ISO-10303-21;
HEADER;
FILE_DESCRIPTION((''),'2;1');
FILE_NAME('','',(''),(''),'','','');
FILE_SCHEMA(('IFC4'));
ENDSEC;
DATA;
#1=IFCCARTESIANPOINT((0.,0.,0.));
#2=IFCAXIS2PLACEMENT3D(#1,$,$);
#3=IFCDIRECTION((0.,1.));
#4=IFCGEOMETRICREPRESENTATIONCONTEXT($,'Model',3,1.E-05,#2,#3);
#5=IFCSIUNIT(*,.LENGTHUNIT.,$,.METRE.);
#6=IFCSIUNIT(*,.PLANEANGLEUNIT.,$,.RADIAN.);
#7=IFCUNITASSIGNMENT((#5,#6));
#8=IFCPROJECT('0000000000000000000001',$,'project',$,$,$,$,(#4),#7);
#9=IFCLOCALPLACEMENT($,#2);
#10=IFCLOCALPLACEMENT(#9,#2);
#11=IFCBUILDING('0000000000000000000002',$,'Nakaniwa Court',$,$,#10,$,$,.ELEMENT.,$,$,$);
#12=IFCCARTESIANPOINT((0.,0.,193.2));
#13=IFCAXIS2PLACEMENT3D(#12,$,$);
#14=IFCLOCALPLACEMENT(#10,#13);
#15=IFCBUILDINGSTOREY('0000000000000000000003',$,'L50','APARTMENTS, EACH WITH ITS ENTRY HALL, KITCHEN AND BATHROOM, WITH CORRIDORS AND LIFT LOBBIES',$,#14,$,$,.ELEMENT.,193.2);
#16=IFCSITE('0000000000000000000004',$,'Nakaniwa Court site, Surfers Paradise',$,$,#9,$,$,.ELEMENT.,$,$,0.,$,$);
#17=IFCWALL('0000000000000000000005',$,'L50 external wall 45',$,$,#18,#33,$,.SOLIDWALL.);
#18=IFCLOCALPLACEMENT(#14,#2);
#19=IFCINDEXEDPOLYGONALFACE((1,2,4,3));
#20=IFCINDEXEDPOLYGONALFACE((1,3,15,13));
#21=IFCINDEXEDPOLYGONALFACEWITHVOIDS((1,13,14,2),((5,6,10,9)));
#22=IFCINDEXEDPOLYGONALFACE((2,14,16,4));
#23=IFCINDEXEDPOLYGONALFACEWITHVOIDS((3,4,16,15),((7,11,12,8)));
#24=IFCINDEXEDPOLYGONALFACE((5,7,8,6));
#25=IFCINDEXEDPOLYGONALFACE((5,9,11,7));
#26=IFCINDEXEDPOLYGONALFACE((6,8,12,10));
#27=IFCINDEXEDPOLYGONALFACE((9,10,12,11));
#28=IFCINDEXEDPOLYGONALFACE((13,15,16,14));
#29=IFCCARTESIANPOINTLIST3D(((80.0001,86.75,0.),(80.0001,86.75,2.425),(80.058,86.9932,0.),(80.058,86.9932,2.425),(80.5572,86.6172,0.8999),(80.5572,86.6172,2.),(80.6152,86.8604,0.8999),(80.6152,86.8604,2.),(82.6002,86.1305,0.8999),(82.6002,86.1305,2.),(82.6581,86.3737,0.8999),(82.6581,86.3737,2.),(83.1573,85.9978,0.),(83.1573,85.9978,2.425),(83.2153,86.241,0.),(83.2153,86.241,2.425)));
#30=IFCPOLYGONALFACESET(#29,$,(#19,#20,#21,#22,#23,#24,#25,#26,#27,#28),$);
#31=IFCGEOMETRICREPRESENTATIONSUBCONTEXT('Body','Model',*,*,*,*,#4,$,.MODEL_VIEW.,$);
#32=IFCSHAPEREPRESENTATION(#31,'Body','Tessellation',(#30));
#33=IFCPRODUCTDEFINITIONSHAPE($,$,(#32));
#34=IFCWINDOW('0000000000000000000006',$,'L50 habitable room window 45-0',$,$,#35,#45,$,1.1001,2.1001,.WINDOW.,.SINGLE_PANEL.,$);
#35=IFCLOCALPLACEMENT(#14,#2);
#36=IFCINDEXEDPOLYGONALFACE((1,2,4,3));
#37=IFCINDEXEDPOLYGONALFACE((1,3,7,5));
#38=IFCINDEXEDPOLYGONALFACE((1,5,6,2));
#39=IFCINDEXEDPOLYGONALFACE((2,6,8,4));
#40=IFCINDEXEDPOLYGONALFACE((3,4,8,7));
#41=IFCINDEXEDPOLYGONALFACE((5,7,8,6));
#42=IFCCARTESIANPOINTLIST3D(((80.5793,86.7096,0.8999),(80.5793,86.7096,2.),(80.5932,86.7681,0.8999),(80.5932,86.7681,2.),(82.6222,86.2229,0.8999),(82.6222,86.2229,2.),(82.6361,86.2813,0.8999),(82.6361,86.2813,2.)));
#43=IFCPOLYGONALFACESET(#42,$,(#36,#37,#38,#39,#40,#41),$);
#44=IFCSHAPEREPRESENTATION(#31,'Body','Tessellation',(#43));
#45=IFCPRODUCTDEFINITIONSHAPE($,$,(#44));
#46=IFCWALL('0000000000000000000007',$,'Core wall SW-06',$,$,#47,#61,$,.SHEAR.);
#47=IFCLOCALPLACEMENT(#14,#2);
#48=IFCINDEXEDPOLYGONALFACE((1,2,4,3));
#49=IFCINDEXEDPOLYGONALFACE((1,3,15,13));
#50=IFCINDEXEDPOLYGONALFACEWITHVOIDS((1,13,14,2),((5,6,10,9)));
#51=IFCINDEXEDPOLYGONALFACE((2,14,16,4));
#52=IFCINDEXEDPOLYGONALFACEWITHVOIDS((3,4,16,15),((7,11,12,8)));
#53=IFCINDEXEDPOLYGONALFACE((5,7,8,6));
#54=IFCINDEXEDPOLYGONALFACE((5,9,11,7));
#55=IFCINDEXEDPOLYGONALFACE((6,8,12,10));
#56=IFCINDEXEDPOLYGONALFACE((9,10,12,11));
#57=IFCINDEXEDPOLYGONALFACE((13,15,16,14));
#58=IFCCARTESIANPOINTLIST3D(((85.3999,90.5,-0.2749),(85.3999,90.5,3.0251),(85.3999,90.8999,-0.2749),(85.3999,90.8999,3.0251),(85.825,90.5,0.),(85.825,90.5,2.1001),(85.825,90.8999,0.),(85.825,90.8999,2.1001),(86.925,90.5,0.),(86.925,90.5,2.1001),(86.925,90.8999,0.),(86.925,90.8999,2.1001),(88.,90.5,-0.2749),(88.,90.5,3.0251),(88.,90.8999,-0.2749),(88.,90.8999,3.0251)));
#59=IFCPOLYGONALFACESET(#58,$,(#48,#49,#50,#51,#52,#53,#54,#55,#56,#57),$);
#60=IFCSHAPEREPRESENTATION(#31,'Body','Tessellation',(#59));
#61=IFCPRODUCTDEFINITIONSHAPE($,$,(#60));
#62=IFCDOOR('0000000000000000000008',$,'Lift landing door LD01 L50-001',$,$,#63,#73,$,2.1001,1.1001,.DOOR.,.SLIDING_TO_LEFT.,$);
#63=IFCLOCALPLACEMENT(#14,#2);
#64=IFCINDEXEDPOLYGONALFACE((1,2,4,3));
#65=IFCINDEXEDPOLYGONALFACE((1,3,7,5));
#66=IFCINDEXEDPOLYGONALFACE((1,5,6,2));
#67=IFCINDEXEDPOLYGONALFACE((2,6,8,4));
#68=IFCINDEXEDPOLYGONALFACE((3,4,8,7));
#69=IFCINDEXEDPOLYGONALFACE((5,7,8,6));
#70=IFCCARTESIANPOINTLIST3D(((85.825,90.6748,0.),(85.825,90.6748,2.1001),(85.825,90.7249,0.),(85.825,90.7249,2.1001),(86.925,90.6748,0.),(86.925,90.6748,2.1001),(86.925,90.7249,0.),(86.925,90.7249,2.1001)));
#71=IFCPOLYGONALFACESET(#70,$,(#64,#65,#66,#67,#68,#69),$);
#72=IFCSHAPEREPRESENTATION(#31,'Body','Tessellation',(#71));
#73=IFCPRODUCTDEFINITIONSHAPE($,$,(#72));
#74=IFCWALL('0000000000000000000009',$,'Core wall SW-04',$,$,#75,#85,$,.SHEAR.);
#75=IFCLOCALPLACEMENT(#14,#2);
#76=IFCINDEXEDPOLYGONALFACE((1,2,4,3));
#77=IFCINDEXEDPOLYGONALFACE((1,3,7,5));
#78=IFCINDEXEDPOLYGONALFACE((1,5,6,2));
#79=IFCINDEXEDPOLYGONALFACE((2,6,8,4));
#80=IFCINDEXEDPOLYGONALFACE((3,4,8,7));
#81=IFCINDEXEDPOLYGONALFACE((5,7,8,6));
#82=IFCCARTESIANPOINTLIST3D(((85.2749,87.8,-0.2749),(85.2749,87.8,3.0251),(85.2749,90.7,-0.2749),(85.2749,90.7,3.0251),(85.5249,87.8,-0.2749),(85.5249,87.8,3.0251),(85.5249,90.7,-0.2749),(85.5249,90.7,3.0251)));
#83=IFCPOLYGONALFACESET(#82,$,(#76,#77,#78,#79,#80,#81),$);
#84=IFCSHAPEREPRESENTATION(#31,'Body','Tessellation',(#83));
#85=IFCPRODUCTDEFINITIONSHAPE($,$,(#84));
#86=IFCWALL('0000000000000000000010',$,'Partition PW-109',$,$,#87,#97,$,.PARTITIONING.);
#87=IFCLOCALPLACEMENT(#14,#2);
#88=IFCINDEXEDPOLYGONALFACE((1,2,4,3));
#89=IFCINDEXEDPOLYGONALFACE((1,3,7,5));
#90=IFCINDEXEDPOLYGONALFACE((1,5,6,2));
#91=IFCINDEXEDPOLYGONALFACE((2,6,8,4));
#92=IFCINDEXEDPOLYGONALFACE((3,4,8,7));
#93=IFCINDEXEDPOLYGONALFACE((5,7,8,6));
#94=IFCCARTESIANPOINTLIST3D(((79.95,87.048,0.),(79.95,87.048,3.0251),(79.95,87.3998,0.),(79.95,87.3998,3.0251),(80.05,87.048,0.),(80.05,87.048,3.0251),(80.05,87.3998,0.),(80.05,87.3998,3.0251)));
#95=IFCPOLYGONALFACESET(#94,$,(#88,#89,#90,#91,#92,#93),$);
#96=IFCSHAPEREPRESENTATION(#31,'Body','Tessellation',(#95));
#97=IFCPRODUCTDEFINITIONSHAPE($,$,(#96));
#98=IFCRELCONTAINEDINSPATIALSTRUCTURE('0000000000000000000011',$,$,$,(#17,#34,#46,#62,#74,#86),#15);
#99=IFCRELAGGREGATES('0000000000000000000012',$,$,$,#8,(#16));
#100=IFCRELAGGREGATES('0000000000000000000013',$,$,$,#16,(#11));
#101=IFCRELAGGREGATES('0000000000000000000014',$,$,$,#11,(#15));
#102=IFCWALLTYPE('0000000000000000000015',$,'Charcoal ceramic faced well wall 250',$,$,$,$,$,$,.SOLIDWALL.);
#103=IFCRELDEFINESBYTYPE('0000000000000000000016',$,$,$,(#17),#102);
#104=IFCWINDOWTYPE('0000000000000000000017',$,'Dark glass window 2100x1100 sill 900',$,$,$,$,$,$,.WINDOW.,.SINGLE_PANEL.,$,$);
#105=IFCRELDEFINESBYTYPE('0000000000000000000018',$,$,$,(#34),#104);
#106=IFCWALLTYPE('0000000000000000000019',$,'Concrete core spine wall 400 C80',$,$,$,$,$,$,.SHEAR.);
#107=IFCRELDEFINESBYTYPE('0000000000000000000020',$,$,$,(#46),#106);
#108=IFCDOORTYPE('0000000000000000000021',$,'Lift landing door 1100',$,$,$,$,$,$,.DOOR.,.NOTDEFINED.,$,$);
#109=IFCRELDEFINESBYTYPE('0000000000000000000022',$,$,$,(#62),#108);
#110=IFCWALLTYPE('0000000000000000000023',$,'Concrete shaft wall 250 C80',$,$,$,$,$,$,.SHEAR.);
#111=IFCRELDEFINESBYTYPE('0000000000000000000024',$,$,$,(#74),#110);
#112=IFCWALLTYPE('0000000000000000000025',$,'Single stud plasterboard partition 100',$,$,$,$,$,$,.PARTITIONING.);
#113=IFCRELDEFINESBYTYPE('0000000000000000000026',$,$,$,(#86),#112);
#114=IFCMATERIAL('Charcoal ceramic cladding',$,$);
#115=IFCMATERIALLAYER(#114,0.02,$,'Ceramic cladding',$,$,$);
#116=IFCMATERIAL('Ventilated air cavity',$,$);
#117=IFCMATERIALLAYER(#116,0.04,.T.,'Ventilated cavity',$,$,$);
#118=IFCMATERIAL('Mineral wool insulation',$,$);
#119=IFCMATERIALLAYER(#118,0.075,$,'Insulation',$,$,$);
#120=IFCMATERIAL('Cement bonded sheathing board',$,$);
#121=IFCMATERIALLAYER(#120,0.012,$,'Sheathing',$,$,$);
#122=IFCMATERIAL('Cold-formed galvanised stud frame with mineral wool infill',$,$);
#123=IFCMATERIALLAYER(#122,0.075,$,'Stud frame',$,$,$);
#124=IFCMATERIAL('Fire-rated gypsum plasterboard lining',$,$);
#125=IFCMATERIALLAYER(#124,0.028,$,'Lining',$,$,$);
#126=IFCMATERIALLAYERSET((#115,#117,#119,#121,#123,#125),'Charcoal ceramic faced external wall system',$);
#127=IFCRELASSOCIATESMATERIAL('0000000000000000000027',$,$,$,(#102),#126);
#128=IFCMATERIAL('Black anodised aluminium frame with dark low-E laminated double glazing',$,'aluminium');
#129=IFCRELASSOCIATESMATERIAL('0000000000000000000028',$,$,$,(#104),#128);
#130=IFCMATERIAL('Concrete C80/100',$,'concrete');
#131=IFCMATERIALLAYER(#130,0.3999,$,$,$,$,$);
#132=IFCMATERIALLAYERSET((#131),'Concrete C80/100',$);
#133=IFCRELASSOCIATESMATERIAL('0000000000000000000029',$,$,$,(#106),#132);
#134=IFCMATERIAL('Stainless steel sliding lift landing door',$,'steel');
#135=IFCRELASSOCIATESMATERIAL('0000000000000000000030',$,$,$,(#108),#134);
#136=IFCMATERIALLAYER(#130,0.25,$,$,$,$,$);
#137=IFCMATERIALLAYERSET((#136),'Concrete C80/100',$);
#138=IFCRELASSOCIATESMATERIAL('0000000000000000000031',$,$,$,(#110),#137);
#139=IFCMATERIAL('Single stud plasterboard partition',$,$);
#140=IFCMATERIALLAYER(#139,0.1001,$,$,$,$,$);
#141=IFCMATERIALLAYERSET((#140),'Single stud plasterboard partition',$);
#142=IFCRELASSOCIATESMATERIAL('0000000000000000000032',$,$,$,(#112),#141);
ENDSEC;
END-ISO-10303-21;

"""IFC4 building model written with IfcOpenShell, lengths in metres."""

from ifc_helpers import new_model, si_unit, direction, frame, frame_2d, origin, place, context, subcontext, project, spatial, rectangle, extrude, material, layer, layer_set, type_object, element, fill, save


model = new_model("IFC4")

# Units and contexts
model_context = context("Model", 3, precision=1e-05, world=origin(), true_north=direction((0.0, 1.0)))
body_context = subcontext(model_context, "Body", "Model", "MODEL_VIEW")
ifc_project = project(units=[si_unit("LENGTHUNIT", "METRE"), si_unit("PLANEANGLEUNIT", "RADIAN")], contexts=[model_context])

# Site, building, storey
site_placement = place(None, origin())
site = spatial("IfcSite", under=ifc_project, at=site_placement, Name="Nakaniwa Court site, Surfers Paradise", CompositionType="ELEMENT", RefElevation=0.0)
building_placement = place(site_placement, origin())
building = spatial("IfcBuilding", under=site, at=building_placement, Name="Nakaniwa Court", CompositionType="ELEMENT")
storey_placement = place(building_placement, frame((0.0, 0.0, 193.2)))
storey = spatial("IfcBuildingStorey", under=building, at=storey_placement, Name="L50", Description="APARTMENTS, EACH WITH ITS ENTRY HALL, KITCHEN AND BATHROOM, WITH CORRIDORS AND LIFT LOBBIES", CompositionType="ELEMENT", Elevation=193.2)

# Shared definitions
ifc_material_1 = material(Name="Concrete C80/100", Category="concrete")

# Wall, opening, window
ifc_material_2 = material(Name="Charcoal ceramic cladding")
ifc_layer_1 = layer(ifc_material_2, 0.02, Name="Ceramic cladding")
ifc_material_3 = material(Name="Ventilated air cavity")
ifc_layer_2 = layer(ifc_material_3, 0.04, ventilated=True, Name="Ventilated cavity")
ifc_material_4 = material(Name="Mineral wool insulation")
ifc_layer_3 = layer(ifc_material_4, 0.075, Name="Insulation")
ifc_material_5 = material(Name="Cement bonded sheathing board")
ifc_layer_4 = layer(ifc_material_5, 0.012, Name="Sheathing")
ifc_material_6 = material(Name="Cold-formed galvanised stud frame with mineral wool infill")
ifc_layer_5 = layer(ifc_material_6, 0.075, Name="Stud frame")
ifc_material_7 = material(Name="Fire-rated gypsum plasterboard lining")
ifc_layer_6 = layer(ifc_material_7, 0.028, Name="Lining")
ifc_layer_set_1 = layer_set([ifc_layer_1, ifc_layer_2, ifc_layer_3, ifc_layer_4, ifc_layer_5, ifc_layer_6], Name="Charcoal ceramic faced external wall system")
wall_type_1 = type_object("IfcWallType", Name="Charcoal ceramic faced well wall 250", PredefinedType="SOLIDWALL", material=ifc_layer_set_1)
wall_1_placement = place(storey_placement, frame((80.0291, 86.8716, 0.0), z_axis=(0.0, 0.0, 1.0), x_axis=(0.972773, -0.23176, 0.0)))
wall_1 = element("IfcWall", 1, at=wall_1_placement, inside=storey, type_object=wall_type_1, Name="L50 external wall 45", PredefinedType="SOLIDWALL", context=body_context, shape_type="SweptSolid", body=[
    extrude(rectangle(XDim=3.2456, YDim=0.25, at=frame_2d((1.6228, 0.0))), origin(), (0.0, 0.0, 1.0), 2.425),
])
opening_1_placement = place(wall_1_placement, frame((0.5728, 0.0, 0.8999)))
opening_1 = element("IfcOpeningElement", 2, at=opening_1_placement, cuts=wall_1, PredefinedType="OPENING", context=body_context, shape_type="SweptSolid", body=[
    extrude(rectangle(XDim=2.1001, YDim=1.1001, at=frame_2d((1.05, 0.55))), frame((0.0, 0.135, 0.0), z_axis=(0.0, -1.0, 0.0), x_axis=(1.0, 0.0, 0.0)), (0.0, 0.0, 1.0), 0.27),
])
ifc_material_8 = material(Name="Black anodised aluminium frame with dark low-E laminated double glazing", Category="aluminium")
window_type = type_object("IfcWindowType", Name="Dark glass window 2100x1100 sill 900", PartitioningType="SINGLE_PANEL", PredefinedType="WINDOW", material=ifc_material_8)
window_placement = place(opening_1_placement, origin())
window = element("IfcWindow", 3, at=window_placement, inside=storey, type_object=window_type, Name="L50 habitable room window 45-0", OverallHeight=1.1001, OverallWidth=2.1001, PartitioningType="SINGLE_PANEL", PredefinedType="WINDOW", context=body_context, shape_type="SweptSolid", body=[
    extrude(rectangle(XDim=2.1001, YDim=1.1001, at=frame_2d((1.05, 0.55))), frame((0.0, 0.03, 0.0), z_axis=(0.0, -1.0, 0.0), x_axis=(1.0, 0.0, 0.0)), (0.0, 0.0, 1.0), 0.0601),
])
fill(opening_1, window)

# Wall, opening, door
ifc_layer_7 = layer(ifc_material_1, 0.3999)
ifc_layer_set_2 = layer_set([ifc_layer_7], Name="Concrete C80/100")
wall_type_2 = type_object("IfcWallType", Name="Concrete core spine wall 400 C80", PredefinedType="SHEAR", material=ifc_layer_set_2)
wall_2_placement = place(storey_placement, frame((85.3999, 90.7, -0.2749), z_axis=(0.0, 0.0, 1.0), x_axis=(1.0, 0.0, 0.0)))
wall_2 = element("IfcWall", 4, at=wall_2_placement, inside=storey, type_object=wall_type_2, Name="Core wall SW-06", PredefinedType="SHEAR", context=body_context, shape_type="SweptSolid", body=[
    extrude(rectangle(XDim=2.6001, YDim=0.3999, at=frame_2d((1.3, 0.0))), origin(), (0.0, 0.0, 1.0), 3.3),
])
opening_2_placement = place(wall_2_placement, frame((0.425, 0.0, 0.2749)))
opening_2 = element("IfcOpeningElement", 5, at=opening_2_placement, cuts=wall_2, PredefinedType="OPENING", context=body_context, shape_type="SweptSolid", body=[
    extrude(rectangle(XDim=1.1001, YDim=2.1001, at=frame_2d((0.55, 1.05))), frame((0.0, 0.21, 0.0), z_axis=(0.0, -1.0, 0.0), x_axis=(1.0, 0.0, 0.0)), (0.0, 0.0, 1.0), 0.4199),
])
ifc_material_9 = material(Name="Stainless steel sliding lift landing door", Category="steel")
door_type_1 = type_object("IfcDoorType", Name="Lift landing door 1100", OperationType="NOTDEFINED", PredefinedType="DOOR", material=ifc_material_9)
door_1_placement = place(opening_2_placement, origin())
door_1 = element("IfcDoor", 6, at=door_1_placement, inside=storey, type_object=door_type_1, Name="Lift landing door LD01 L50-001", OperationType="SLIDING_TO_LEFT", OverallHeight=2.1001, OverallWidth=1.1001, PredefinedType="DOOR", context=body_context, shape_type="SweptSolid", body=[
    extrude(rectangle(XDim=1.1001, YDim=2.1001, at=frame_2d((0.55, 1.05))), frame((0.0, 0.0249, 0.0), z_axis=(0.0, -1.0, 0.0), x_axis=(1.0, 0.0, 0.0)), (0.0, 0.0, 1.0), 0.05),
])
fill(opening_2, door_1)

# Walls
ifc_layer_8 = layer(ifc_material_1, 0.25)
ifc_layer_set_3 = layer_set([ifc_layer_8], Name="Concrete C80/100")
wall_type_3 = type_object("IfcWallType", Name="Concrete shaft wall 250 C80", PredefinedType="SHEAR", material=ifc_layer_set_3)
wall_3_placement = place(storey_placement, frame((85.3999, 87.8, -0.2749), z_axis=(0.0, 0.0, 1.0), x_axis=(0.0, 1.0, 0.0)))
element("IfcWall", 7, at=wall_3_placement, inside=storey, type_object=wall_type_3, Name="Core wall SW-04", PredefinedType="SHEAR", context=body_context, shape_type="SweptSolid", body=[
    extrude(rectangle(XDim=2.8999, YDim=0.25, at=frame_2d((1.45, 0.0))), origin(), (0.0, 0.0, 1.0), 3.3),
])
ifc_material_10 = material(Name="Single stud plasterboard partition")
ifc_layer_9 = layer(ifc_material_10, 0.1001)
ifc_layer_set_4 = layer_set([ifc_layer_9], Name="Single stud plasterboard partition")
wall_type_4 = type_object("IfcWallType", Name="Single stud plasterboard partition 100", PredefinedType="PARTITIONING", material=ifc_layer_set_4)
wall_4_placement = place(storey_placement, frame((80.0, 87.0481, 0.0), z_axis=(0.0, 0.0, 1.0), x_axis=(0.0, 1.0, 0.0)))
element("IfcWall", 8, at=wall_4_placement, inside=storey, type_object=wall_type_4, Name="Partition PW-109", PredefinedType="PARTITIONING", context=body_context, shape_type="SweptSolid", body=[
    extrude(rectangle(XDim=0.3518, YDim=0.1001, at=frame_2d((0.1758, 0.0))), origin(), (0.0, 0.0, 1.0), 3.0251),
])

save(model, "model.ifc")
